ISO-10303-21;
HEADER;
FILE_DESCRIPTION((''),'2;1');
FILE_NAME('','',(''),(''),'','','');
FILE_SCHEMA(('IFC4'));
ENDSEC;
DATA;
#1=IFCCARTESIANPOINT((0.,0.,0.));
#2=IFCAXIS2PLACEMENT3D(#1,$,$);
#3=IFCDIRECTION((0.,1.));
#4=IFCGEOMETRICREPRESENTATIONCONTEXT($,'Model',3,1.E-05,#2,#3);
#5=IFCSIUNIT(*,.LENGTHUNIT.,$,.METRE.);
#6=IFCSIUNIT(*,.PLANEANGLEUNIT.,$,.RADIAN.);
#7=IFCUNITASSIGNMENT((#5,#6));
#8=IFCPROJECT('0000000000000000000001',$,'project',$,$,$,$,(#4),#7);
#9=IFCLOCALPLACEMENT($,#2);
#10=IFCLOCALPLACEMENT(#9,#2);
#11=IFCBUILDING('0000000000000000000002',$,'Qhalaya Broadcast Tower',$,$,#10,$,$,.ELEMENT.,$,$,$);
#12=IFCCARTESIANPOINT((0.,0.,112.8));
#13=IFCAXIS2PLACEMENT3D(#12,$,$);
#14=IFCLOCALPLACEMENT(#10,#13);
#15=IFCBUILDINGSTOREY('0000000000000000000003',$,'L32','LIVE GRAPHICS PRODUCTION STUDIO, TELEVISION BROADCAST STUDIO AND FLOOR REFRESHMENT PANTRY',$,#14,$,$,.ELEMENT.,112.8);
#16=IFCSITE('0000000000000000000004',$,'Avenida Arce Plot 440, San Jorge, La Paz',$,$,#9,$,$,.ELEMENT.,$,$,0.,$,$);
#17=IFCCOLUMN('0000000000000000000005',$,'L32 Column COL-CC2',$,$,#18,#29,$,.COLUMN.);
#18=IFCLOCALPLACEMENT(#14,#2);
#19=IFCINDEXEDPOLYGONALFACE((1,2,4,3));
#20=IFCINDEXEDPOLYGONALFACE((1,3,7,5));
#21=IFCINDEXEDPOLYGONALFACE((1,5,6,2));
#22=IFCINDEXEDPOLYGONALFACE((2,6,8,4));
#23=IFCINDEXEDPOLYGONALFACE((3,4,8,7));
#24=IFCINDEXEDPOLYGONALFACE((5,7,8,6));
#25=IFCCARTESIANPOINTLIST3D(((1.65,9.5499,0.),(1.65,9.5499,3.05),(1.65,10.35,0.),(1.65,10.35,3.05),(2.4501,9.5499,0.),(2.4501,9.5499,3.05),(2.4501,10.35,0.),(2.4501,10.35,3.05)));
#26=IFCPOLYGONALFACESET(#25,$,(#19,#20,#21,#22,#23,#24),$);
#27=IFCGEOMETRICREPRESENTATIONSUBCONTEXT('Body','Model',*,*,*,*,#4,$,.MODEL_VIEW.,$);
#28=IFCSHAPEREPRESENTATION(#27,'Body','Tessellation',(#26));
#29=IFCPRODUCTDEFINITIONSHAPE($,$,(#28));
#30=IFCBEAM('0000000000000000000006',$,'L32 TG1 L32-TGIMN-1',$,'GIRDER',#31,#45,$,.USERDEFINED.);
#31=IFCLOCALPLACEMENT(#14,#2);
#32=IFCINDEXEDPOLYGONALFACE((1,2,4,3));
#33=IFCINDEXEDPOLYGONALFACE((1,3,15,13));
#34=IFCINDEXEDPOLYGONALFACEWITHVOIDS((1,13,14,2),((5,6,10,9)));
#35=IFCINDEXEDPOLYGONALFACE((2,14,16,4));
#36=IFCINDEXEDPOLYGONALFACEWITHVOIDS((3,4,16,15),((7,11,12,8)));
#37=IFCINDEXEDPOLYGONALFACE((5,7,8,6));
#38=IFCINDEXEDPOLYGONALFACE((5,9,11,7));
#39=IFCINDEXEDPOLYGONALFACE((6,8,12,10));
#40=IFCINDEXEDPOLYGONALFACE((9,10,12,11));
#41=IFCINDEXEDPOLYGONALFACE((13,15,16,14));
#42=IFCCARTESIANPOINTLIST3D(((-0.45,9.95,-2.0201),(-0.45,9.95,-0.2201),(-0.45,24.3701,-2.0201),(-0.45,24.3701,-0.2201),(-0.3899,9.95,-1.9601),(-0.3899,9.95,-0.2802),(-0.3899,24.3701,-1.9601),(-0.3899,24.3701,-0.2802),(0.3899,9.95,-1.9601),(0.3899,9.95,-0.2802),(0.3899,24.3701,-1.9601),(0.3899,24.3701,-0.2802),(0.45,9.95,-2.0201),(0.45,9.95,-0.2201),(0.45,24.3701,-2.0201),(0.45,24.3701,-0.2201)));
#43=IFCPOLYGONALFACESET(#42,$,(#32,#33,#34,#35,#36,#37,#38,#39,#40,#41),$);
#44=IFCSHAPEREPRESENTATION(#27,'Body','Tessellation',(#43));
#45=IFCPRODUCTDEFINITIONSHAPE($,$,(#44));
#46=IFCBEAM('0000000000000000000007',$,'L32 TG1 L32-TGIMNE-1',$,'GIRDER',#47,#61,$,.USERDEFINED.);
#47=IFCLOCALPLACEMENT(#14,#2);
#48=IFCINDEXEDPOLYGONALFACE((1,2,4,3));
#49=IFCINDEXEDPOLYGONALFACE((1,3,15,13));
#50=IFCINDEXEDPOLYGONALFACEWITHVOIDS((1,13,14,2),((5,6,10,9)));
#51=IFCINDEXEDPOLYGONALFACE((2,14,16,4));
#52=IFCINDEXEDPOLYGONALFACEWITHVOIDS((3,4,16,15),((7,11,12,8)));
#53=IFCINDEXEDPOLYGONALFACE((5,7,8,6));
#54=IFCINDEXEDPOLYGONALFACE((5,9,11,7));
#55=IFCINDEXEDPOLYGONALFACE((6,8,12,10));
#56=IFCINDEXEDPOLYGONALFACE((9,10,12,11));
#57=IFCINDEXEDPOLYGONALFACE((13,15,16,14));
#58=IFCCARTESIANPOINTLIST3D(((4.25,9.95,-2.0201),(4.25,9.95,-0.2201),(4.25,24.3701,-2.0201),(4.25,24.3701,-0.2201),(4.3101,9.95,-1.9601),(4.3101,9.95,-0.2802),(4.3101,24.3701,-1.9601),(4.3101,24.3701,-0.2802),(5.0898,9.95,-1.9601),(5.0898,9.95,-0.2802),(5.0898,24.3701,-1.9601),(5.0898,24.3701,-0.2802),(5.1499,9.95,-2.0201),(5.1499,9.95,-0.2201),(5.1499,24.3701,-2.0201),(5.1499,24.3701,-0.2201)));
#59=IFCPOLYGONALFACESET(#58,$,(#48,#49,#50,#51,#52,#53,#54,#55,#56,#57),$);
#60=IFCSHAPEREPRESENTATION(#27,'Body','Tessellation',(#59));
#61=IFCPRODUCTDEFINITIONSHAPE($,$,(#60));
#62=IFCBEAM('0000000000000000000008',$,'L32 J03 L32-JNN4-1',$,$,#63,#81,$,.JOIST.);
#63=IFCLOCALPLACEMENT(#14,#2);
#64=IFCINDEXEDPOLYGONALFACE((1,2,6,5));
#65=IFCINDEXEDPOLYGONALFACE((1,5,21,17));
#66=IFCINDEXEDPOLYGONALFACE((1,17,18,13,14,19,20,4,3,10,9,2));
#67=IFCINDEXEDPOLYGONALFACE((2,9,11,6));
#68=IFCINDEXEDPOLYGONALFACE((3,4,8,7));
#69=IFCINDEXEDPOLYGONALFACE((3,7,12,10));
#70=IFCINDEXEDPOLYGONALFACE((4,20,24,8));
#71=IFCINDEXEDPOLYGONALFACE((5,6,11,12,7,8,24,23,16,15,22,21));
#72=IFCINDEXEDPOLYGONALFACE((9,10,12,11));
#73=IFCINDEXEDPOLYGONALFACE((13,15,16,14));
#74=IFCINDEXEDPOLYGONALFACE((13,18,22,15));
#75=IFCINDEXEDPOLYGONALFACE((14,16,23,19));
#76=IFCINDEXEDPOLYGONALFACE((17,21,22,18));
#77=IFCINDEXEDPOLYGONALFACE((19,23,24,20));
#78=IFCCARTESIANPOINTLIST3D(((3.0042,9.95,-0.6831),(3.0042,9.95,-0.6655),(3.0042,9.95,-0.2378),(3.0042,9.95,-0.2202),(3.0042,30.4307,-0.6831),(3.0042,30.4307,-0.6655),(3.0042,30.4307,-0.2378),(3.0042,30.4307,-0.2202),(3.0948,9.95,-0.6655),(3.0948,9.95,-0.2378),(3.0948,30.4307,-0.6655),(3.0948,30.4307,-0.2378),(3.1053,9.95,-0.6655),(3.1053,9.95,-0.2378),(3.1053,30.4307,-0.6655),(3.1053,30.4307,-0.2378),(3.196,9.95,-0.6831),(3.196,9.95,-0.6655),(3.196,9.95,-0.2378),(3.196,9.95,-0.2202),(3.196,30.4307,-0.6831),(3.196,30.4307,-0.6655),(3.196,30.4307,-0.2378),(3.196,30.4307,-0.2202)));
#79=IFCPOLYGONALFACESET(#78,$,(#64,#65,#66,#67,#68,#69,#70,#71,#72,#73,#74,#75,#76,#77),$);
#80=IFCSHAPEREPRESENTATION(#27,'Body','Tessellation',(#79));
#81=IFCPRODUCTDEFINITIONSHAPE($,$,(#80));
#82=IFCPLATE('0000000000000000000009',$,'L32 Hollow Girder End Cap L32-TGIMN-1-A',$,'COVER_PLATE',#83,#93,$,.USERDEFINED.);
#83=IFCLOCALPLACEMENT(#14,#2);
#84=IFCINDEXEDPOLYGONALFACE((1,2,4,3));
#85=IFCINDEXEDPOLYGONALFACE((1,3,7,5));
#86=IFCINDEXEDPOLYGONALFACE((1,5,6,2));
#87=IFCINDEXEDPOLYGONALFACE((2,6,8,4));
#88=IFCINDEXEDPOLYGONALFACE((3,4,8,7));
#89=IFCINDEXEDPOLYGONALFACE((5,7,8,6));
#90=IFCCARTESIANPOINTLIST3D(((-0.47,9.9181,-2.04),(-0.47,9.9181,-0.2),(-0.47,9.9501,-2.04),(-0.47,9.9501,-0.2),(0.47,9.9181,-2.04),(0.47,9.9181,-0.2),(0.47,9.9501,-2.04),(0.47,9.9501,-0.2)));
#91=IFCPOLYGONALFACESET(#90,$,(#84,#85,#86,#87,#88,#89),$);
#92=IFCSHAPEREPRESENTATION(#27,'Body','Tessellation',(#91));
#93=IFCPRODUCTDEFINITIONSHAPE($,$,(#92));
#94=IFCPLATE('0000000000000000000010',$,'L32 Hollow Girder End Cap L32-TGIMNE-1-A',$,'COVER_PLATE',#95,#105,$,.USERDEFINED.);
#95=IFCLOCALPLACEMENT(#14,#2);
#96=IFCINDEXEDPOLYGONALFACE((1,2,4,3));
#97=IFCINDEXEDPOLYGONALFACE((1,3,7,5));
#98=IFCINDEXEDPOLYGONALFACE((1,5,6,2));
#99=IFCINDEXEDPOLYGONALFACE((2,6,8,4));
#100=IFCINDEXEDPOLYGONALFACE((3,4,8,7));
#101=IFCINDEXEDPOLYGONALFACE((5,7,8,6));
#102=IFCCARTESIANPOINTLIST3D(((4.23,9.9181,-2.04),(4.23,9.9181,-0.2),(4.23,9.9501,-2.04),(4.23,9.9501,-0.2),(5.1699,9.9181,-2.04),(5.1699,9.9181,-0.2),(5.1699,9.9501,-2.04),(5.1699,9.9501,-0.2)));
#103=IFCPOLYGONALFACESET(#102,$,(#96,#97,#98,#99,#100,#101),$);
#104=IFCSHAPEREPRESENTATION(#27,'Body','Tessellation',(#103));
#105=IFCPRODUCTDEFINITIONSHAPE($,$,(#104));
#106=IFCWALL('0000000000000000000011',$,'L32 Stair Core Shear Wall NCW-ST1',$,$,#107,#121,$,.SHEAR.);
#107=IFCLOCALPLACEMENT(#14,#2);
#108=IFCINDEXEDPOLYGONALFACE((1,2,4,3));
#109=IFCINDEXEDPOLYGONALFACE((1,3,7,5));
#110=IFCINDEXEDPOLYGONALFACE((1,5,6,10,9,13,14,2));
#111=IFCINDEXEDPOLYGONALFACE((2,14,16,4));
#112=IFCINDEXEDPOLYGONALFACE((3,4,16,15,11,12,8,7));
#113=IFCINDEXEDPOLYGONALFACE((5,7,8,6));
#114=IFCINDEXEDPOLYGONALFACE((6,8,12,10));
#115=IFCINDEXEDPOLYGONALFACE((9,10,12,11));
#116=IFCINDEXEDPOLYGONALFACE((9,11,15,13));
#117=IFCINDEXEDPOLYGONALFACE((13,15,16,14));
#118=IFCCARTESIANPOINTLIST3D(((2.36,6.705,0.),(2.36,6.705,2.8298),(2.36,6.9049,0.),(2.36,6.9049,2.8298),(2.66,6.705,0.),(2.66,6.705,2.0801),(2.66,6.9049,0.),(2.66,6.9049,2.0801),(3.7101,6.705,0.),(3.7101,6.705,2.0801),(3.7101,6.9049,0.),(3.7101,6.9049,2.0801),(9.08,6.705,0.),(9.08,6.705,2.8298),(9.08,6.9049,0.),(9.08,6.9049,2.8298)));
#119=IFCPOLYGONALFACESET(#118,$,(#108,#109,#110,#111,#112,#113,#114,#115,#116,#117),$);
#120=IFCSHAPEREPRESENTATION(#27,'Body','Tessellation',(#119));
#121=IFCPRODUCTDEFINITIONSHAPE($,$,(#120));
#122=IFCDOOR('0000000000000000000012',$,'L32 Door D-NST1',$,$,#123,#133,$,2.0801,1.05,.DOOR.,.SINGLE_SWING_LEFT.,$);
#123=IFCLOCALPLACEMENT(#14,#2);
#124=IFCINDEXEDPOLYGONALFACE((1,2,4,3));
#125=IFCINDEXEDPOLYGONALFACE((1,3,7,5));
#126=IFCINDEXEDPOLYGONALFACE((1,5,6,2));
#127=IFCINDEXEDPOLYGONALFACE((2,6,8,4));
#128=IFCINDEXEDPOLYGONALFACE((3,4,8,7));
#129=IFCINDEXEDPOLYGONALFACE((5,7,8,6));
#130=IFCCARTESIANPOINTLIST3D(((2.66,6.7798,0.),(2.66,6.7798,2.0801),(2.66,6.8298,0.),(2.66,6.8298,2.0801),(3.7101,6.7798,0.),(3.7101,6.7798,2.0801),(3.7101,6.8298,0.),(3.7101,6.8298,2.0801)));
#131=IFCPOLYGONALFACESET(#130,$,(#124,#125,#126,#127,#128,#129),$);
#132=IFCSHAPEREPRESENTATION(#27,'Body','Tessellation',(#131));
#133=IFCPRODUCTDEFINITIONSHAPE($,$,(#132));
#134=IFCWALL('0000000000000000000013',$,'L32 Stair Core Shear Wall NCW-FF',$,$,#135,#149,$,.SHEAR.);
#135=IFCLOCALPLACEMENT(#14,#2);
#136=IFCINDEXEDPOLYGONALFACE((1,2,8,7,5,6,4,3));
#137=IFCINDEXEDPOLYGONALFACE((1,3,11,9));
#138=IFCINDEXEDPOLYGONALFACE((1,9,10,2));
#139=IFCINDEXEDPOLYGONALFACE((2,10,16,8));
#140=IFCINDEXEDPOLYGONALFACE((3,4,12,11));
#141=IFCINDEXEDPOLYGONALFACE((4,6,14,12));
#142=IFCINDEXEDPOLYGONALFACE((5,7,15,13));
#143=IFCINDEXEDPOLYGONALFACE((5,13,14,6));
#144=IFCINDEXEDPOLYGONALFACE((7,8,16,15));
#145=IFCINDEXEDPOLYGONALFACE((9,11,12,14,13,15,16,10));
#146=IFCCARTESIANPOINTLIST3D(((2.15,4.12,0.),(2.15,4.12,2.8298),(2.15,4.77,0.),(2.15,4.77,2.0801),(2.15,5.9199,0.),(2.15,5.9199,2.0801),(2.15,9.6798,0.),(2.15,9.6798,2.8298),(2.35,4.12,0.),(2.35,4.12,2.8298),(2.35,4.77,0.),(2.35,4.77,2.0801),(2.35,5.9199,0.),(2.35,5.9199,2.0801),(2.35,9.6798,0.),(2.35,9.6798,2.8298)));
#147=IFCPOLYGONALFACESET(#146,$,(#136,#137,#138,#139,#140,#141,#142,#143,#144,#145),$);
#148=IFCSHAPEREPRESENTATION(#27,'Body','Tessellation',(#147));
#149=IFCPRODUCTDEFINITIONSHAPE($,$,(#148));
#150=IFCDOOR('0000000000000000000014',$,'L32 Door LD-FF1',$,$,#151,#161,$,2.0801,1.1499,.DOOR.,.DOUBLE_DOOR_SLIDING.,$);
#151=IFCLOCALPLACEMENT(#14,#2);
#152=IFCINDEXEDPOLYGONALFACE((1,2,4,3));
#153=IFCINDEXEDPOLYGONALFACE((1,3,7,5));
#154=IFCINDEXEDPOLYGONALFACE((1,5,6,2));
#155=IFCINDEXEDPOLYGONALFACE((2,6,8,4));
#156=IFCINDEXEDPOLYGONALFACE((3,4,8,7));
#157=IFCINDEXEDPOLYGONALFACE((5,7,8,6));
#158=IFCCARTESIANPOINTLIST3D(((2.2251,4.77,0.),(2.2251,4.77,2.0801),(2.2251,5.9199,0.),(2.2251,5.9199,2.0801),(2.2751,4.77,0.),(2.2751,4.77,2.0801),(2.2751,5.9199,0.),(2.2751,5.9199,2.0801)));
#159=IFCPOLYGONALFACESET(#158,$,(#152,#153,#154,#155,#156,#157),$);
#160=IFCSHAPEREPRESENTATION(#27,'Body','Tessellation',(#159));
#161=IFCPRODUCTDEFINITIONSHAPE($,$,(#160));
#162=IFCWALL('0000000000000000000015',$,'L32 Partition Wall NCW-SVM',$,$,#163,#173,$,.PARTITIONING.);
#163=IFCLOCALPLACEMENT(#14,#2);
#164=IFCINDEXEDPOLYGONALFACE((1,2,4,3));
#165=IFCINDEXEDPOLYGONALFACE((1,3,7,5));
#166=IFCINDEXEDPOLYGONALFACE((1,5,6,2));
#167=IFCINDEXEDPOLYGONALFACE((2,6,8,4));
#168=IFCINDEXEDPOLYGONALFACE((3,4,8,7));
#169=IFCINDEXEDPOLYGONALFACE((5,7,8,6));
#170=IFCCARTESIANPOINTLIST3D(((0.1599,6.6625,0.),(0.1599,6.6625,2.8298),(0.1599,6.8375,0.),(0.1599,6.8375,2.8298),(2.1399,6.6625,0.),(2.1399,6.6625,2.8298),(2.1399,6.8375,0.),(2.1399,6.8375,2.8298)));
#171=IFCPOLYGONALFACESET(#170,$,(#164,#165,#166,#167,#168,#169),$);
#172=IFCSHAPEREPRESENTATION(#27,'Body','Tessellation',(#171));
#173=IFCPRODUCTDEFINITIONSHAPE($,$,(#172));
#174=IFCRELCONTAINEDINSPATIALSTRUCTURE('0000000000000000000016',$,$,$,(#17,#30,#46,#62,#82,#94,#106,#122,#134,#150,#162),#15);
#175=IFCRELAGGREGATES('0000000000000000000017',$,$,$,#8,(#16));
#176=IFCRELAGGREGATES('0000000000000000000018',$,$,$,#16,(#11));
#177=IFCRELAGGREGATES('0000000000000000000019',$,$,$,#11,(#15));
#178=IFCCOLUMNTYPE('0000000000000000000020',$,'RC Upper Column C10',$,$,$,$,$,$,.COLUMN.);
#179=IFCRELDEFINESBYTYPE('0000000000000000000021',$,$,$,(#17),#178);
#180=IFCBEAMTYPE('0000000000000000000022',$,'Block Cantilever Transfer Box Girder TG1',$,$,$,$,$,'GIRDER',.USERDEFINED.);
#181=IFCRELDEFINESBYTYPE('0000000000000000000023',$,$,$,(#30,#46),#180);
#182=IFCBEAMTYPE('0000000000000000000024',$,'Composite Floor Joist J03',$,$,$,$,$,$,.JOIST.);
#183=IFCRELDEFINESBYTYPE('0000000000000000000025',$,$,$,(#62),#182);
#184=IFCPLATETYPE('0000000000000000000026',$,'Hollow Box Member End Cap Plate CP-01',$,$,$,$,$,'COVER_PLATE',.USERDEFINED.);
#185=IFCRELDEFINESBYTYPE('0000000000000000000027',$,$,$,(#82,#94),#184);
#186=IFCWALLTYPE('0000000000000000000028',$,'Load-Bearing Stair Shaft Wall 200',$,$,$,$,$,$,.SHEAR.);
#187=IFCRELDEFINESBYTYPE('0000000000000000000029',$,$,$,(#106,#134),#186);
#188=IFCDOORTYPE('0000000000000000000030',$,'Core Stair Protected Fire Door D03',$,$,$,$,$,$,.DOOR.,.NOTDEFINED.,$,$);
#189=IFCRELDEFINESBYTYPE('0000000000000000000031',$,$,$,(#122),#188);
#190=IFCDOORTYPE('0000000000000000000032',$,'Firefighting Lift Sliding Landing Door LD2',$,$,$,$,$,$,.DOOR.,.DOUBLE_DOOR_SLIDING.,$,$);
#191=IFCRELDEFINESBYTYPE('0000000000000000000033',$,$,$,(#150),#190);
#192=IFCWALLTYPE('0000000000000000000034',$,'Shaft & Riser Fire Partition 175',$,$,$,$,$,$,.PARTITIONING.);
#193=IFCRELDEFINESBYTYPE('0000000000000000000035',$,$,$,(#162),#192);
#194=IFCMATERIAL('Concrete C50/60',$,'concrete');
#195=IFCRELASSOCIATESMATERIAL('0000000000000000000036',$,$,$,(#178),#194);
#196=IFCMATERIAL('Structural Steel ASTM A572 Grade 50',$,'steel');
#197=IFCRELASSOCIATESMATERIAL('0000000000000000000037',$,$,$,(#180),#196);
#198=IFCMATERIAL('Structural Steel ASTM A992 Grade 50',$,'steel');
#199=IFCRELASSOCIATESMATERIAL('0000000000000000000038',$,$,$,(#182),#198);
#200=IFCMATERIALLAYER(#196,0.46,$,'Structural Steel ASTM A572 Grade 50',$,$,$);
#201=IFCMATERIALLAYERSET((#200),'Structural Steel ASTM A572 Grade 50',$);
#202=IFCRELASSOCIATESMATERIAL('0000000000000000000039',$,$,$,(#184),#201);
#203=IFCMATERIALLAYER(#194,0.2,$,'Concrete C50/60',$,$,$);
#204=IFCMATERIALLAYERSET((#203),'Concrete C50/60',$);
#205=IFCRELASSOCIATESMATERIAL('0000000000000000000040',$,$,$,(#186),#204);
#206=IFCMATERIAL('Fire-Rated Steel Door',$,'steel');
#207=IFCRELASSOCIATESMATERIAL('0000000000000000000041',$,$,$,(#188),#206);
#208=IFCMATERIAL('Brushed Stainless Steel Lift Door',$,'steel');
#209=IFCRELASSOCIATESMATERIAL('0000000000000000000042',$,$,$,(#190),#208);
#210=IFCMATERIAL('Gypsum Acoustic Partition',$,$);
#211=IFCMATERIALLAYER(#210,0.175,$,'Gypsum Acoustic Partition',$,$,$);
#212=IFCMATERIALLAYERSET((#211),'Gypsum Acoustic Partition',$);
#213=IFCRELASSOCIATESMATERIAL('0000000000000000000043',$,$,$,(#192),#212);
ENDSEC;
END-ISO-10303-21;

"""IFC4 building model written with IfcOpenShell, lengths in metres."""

from ifc_helpers import new_model, si_unit, direction, frame, frame_2d, origin, origin_2d, place, context, subcontext, project, spatial, rectangle, hollow_rectangle, i_section, extrude, material, layer, layer_set, material_profile, profile_set, type_object, element, fill, save


model = new_model("IFC4")

# Units and contexts
model_context = context("Model", 3, precision=1e-05, world=origin(), true_north=direction((0.0, 1.0)))
body_context = subcontext(model_context, "Body", "Model", "MODEL_VIEW")
ifc_project = project(units=[si_unit("LENGTHUNIT", "METRE"), si_unit("PLANEANGLEUNIT", "RADIAN")], contexts=[model_context])

# Site, building, storey
site_placement = place(None, origin())
site = spatial("IfcSite", under=ifc_project, at=site_placement, Name="Avenida Arce Plot 440, San Jorge, La Paz", CompositionType="ELEMENT", RefElevation=0.0)
building_placement = place(site_placement, origin())
building = spatial("IfcBuilding", under=site, at=building_placement, Name="Qhalaya Broadcast Tower", CompositionType="ELEMENT")
storey_placement = place(building_placement, frame((0.0, 0.0, 112.8)))
storey = spatial("IfcBuildingStorey", under=building, at=storey_placement, Name="L32", Description="LIVE GRAPHICS PRODUCTION STUDIO, TELEVISION BROADCAST STUDIO AND FLOOR REFRESHMENT PANTRY", CompositionType="ELEMENT", Elevation=112.8)

# Column
ifc_material_1 = material(Name="Concrete C50/60", Category="concrete")
ifc_material_profile_1 = material_profile(ifc_material_1, rectangle(XDim=0.8, YDim=0.8, at=origin_2d()), Name="RC-COL 800x800")
ifc_profile_set_1 = profile_set([ifc_material_profile_1], Name="Concrete C50/60")
column_type = type_object("IfcColumnType", Name="RC Upper Column C10", PredefinedType="COLUMN", material=ifc_profile_set_1)
column_placement = place(storey_placement, frame((2.05, 9.95, 0.0), z_axis=(0.0, 0.0, 1.0), x_axis=(1.0, 0.0, 0.0)))
element("IfcColumn", 1, at=column_placement, inside=storey, type_object=column_type, Name="L32 Column COL-CC2", PredefinedType="COLUMN", context=body_context, shape_type="SweptSolid", body=[
    extrude(rectangle(XDim=0.8, YDim=0.8, at=origin_2d()), origin(), (0.0, 0.0, 1.0), 3.05),
])

# Beams
ifc_material_2 = material(Name="Structural Steel ASTM A572 Grade 50", Category="steel")
ifc_material_profile_2 = material_profile(ifc_material_2, hollow_rectangle(XDim=0.8999, YDim=1.8, WallThickness=0.0601, at=origin_2d()), Name="BOX 900x1800x60")
ifc_profile_set_2 = profile_set([ifc_material_profile_2], Name="Structural Steel ASTM A572 Grade 50")
beam_type_1 = type_object("IfcBeamType", Name="Block Cantilever Transfer Box Girder TG1", ElementType="GIRDER", PredefinedType="USERDEFINED", material=ifc_profile_set_2)
for number, where, z_axis, x_axis, name in (
    (2, (0.0, 9.95, -1.1201), (0.0, 1.0, 0.0), (-1.0, 0.0, 0.0), "L32 TG1 L32-TGIMN-1"),
    (3, (4.7, 9.95, -1.1201), (0.0, 1.0, 0.0), (-1.0, 0.0, 0.0), "L32 TG1 L32-TGIMNE-1"),
):
    element("IfcBeam", number, at=place(storey_placement, frame(where, z_axis=z_axis, x_axis=x_axis)), inside=storey, type_object=beam_type_1, Name=name, ObjectType="GIRDER", PredefinedType="USERDEFINED", context=body_context, shape_type="SweptSolid", body=[
        extrude(hollow_rectangle(XDim=0.8999, YDim=1.8, WallThickness=0.0601, at=origin_2d()), origin(), (0.0, 0.0, 1.0), 14.4202),
    ])
ifc_material_3 = material(Name="Structural Steel ASTM A992 Grade 50", Category="steel")
ifc_material_profile_3 = material_profile(ifc_material_3, i_section(OverallWidth=0.1919, OverallDepth=0.4629, WebThickness=0.0105, FlangeThickness=0.0176, at=origin_2d()), Name="W18X60")
ifc_profile_set_3 = profile_set([ifc_material_profile_3], Name="Structural Steel ASTM A992 Grade 50")
beam_type_2 = type_object("IfcBeamType", Name="Composite Floor Joist J03", PredefinedType="JOIST", material=ifc_profile_set_3)
beam_placement = place(storey_placement, frame((3.1001, 9.95, -0.4517), z_axis=(0.0, 1.0, 0.0), x_axis=(-1.0, 0.0, 0.0)))
element("IfcBeam", 4, at=beam_placement, inside=storey, type_object=beam_type_2, Name="L32 J03 L32-JNN4-1", PredefinedType="JOIST", context=body_context, shape_type="SweptSolid", body=[
    extrude(i_section(OverallWidth=0.1919, OverallDepth=0.4629, WebThickness=0.0105, FlangeThickness=0.0176, at=origin_2d()), origin(), (0.0, 0.0, 1.0), 20.4807),
])

# Plates
ifc_layer_1 = layer(ifc_material_2, 0.46, Name="Structural Steel ASTM A572 Grade 50")
ifc_layer_set_1 = layer_set([ifc_layer_1], Name="Structural Steel ASTM A572 Grade 50")
plate_type = type_object("IfcPlateType", Name="Hollow Box Member End Cap Plate CP-01", ElementType="COVER_PLATE", PredefinedType="USERDEFINED", material=ifc_layer_set_1)
for number, where, z_axis, x_axis, name in (
    (5, (0.0, 9.9341, -2.04), (0.0, 0.0, 1.0), (-1.0, 0.0, 0.0), "L32 Hollow Girder End Cap L32-TGIMN-1-A"),
    (6, (4.7, 9.9341, -2.04), (0.0, 0.0, 1.0), (-1.0, 0.0, 0.0), "L32 Hollow Girder End Cap L32-TGIMNE-1-A"),
):
    element("IfcPlate", number, at=place(storey_placement, frame(where, z_axis=z_axis, x_axis=x_axis)), inside=storey, type_object=plate_type, Name=name, ObjectType="COVER_PLATE", PredefinedType="USERDEFINED", context=body_context, shape_type="SweptSolid", body=[
        extrude(rectangle(XDim=0.9399, YDim=0.032, at=origin_2d()), origin(), (0.0, 0.0, 1.0), 1.8401),
    ])

# Walls, openings, doors
ifc_layer_2 = layer(ifc_material_1, 0.2, Name="Concrete C50/60")
ifc_layer_set_2 = layer_set([ifc_layer_2], Name="Concrete C50/60")
wall_type_1 = type_object("IfcWallType", Name="Load-Bearing Stair Shaft Wall 200", PredefinedType="SHEAR", material=ifc_layer_set_2)
wall_1_placement = place(storey_placement, frame((2.3601, 6.8049, 0.0), z_axis=(0.0, 0.0, 1.0), x_axis=(1.0, 0.0, 0.0)))
wall_1 = element("IfcWall", 7, at=wall_1_placement, inside=storey, type_object=wall_type_1, Name="L32 Stair Core Shear Wall NCW-ST1", PredefinedType="SHEAR", context=body_context, shape_type="SweptSolid", body=[
    extrude(rectangle(XDim=6.72, YDim=0.2, at=frame_2d((3.3599, 0.0))), origin(), (0.0, 0.0, 1.0), 2.8298),
])
opening_1_placement = place(wall_1_placement, frame((0.3, 0.0, 0.0)))
opening_1 = element("IfcOpeningElement", 8, at=opening_1_placement, cuts=wall_1, PredefinedType="OPENING", context=body_context, shape_type="SweptSolid", body=[
    extrude(rectangle(XDim=1.05, YDim=2.0801, at=frame_2d((0.5249, 1.04))), frame((0.0, 0.1121, 0.0), z_axis=(0.0, -1.0, 0.0), x_axis=(1.0, 0.0, 0.0)), (0.0, 0.0, 1.0), 0.2239),
])
ifc_material_4 = material(Name="Fire-Rated Steel Door", Category="steel")
door_type_1 = type_object("IfcDoorType", Name="Core Stair Protected Fire Door D03", OperationType="NOTDEFINED", PredefinedType="DOOR", material=ifc_material_4)
door_1_placement = place(opening_1_placement, origin())
door_1 = element("IfcDoor", 9, at=door_1_placement, inside=storey, type_object=door_type_1, Name="L32 Door D-NST1", OperationType="SINGLE_SWING_LEFT", OverallHeight=2.0801, OverallWidth=1.05, PredefinedType="DOOR", context=body_context, shape_type="SweptSolid", body=[
    extrude(rectangle(XDim=1.05, YDim=2.0801, at=frame_2d((0.5249, 1.04))), frame((0.0, 0.0249, 0.0), z_axis=(0.0, -1.0, 0.0), x_axis=(1.0, 0.0, 0.0)), (0.0, 0.0, 1.0), 0.05),
])
fill(opening_1, door_1)
wall_2_placement = place(storey_placement, frame((2.25, 4.1201, 0.0), z_axis=(0.0, 0.0, 1.0), x_axis=(0.0, 1.0, 0.0)))
wall_2 = element("IfcWall", 10, at=wall_2_placement, inside=storey, type_object=wall_type_1, Name="L32 Stair Core Shear Wall NCW-FF", PredefinedType="SHEAR", context=body_context, shape_type="SweptSolid", body=[
    extrude(rectangle(XDim=5.5598, YDim=0.2, at=frame_2d((2.7798, 0.0))), origin(), (0.0, 0.0, 1.0), 2.8298),
])
opening_2_placement = place(wall_2_placement, frame((0.6499, 0.0, 0.0)))
opening_2 = element("IfcOpeningElement", 11, at=opening_2_placement, cuts=wall_2, PredefinedType="OPENING", context=body_context, shape_type="SweptSolid", body=[
    extrude(rectangle(XDim=1.1499, YDim=2.0801, at=frame_2d((0.575, 1.04))), frame((0.0, 0.1121, 0.0), z_axis=(0.0, -1.0, 0.0), x_axis=(1.0, 0.0, 0.0)), (0.0, 0.0, 1.0), 0.2239),
])
ifc_material_5 = material(Name="Brushed Stainless Steel Lift Door", Category="steel")
door_type_2 = type_object("IfcDoorType", Name="Firefighting Lift Sliding Landing Door LD2", OperationType="DOUBLE_DOOR_SLIDING", PredefinedType="DOOR", material=ifc_material_5)
door_2_placement = place(opening_2_placement, origin())
door_2 = element("IfcDoor", 12, at=door_2_placement, inside=storey, type_object=door_type_2, Name="L32 Door LD-FF1", OperationType="DOUBLE_DOOR_SLIDING", OverallHeight=2.0801, OverallWidth=1.1499, PredefinedType="DOOR", context=body_context, shape_type="SweptSolid", body=[
    extrude(rectangle(XDim=1.1499, YDim=2.0801, at=frame_2d((0.575, 1.04))), frame((0.0, 0.0249, 0.0), z_axis=(0.0, -1.0, 0.0), x_axis=(1.0, 0.0, 0.0)), (0.0, 0.0, 1.0), 0.05),
])
fill(opening_2, door_2)
ifc_material_6 = material(Name="Gypsum Acoustic Partition")
ifc_layer_3 = layer(ifc_material_6, 0.175, Name="Gypsum Acoustic Partition")
ifc_layer_set_3 = layer_set([ifc_layer_3], Name="Gypsum Acoustic Partition")
wall_type_2 = type_object("IfcWallType", Name="Shaft & Riser Fire Partition 175", PredefinedType="PARTITIONING", material=ifc_layer_set_3)

# Wall
wall_3_placement = place(storey_placement, frame((0.1599, 6.75, 0.0), z_axis=(0.0, 0.0, 1.0), x_axis=(1.0, 0.0, 0.0)))
element("IfcWall", 13, at=wall_3_placement, inside=storey, type_object=wall_type_2, Name="L32 Partition Wall NCW-SVM", PredefinedType="PARTITIONING", context=body_context, shape_type="SweptSolid", body=[
    extrude(rectangle(XDim=1.98, YDim=0.175, at=frame_2d((0.99, 0.0))), origin(), (0.0, 0.0, 1.0), 2.8298),
])

save(model, "model.ifc")
